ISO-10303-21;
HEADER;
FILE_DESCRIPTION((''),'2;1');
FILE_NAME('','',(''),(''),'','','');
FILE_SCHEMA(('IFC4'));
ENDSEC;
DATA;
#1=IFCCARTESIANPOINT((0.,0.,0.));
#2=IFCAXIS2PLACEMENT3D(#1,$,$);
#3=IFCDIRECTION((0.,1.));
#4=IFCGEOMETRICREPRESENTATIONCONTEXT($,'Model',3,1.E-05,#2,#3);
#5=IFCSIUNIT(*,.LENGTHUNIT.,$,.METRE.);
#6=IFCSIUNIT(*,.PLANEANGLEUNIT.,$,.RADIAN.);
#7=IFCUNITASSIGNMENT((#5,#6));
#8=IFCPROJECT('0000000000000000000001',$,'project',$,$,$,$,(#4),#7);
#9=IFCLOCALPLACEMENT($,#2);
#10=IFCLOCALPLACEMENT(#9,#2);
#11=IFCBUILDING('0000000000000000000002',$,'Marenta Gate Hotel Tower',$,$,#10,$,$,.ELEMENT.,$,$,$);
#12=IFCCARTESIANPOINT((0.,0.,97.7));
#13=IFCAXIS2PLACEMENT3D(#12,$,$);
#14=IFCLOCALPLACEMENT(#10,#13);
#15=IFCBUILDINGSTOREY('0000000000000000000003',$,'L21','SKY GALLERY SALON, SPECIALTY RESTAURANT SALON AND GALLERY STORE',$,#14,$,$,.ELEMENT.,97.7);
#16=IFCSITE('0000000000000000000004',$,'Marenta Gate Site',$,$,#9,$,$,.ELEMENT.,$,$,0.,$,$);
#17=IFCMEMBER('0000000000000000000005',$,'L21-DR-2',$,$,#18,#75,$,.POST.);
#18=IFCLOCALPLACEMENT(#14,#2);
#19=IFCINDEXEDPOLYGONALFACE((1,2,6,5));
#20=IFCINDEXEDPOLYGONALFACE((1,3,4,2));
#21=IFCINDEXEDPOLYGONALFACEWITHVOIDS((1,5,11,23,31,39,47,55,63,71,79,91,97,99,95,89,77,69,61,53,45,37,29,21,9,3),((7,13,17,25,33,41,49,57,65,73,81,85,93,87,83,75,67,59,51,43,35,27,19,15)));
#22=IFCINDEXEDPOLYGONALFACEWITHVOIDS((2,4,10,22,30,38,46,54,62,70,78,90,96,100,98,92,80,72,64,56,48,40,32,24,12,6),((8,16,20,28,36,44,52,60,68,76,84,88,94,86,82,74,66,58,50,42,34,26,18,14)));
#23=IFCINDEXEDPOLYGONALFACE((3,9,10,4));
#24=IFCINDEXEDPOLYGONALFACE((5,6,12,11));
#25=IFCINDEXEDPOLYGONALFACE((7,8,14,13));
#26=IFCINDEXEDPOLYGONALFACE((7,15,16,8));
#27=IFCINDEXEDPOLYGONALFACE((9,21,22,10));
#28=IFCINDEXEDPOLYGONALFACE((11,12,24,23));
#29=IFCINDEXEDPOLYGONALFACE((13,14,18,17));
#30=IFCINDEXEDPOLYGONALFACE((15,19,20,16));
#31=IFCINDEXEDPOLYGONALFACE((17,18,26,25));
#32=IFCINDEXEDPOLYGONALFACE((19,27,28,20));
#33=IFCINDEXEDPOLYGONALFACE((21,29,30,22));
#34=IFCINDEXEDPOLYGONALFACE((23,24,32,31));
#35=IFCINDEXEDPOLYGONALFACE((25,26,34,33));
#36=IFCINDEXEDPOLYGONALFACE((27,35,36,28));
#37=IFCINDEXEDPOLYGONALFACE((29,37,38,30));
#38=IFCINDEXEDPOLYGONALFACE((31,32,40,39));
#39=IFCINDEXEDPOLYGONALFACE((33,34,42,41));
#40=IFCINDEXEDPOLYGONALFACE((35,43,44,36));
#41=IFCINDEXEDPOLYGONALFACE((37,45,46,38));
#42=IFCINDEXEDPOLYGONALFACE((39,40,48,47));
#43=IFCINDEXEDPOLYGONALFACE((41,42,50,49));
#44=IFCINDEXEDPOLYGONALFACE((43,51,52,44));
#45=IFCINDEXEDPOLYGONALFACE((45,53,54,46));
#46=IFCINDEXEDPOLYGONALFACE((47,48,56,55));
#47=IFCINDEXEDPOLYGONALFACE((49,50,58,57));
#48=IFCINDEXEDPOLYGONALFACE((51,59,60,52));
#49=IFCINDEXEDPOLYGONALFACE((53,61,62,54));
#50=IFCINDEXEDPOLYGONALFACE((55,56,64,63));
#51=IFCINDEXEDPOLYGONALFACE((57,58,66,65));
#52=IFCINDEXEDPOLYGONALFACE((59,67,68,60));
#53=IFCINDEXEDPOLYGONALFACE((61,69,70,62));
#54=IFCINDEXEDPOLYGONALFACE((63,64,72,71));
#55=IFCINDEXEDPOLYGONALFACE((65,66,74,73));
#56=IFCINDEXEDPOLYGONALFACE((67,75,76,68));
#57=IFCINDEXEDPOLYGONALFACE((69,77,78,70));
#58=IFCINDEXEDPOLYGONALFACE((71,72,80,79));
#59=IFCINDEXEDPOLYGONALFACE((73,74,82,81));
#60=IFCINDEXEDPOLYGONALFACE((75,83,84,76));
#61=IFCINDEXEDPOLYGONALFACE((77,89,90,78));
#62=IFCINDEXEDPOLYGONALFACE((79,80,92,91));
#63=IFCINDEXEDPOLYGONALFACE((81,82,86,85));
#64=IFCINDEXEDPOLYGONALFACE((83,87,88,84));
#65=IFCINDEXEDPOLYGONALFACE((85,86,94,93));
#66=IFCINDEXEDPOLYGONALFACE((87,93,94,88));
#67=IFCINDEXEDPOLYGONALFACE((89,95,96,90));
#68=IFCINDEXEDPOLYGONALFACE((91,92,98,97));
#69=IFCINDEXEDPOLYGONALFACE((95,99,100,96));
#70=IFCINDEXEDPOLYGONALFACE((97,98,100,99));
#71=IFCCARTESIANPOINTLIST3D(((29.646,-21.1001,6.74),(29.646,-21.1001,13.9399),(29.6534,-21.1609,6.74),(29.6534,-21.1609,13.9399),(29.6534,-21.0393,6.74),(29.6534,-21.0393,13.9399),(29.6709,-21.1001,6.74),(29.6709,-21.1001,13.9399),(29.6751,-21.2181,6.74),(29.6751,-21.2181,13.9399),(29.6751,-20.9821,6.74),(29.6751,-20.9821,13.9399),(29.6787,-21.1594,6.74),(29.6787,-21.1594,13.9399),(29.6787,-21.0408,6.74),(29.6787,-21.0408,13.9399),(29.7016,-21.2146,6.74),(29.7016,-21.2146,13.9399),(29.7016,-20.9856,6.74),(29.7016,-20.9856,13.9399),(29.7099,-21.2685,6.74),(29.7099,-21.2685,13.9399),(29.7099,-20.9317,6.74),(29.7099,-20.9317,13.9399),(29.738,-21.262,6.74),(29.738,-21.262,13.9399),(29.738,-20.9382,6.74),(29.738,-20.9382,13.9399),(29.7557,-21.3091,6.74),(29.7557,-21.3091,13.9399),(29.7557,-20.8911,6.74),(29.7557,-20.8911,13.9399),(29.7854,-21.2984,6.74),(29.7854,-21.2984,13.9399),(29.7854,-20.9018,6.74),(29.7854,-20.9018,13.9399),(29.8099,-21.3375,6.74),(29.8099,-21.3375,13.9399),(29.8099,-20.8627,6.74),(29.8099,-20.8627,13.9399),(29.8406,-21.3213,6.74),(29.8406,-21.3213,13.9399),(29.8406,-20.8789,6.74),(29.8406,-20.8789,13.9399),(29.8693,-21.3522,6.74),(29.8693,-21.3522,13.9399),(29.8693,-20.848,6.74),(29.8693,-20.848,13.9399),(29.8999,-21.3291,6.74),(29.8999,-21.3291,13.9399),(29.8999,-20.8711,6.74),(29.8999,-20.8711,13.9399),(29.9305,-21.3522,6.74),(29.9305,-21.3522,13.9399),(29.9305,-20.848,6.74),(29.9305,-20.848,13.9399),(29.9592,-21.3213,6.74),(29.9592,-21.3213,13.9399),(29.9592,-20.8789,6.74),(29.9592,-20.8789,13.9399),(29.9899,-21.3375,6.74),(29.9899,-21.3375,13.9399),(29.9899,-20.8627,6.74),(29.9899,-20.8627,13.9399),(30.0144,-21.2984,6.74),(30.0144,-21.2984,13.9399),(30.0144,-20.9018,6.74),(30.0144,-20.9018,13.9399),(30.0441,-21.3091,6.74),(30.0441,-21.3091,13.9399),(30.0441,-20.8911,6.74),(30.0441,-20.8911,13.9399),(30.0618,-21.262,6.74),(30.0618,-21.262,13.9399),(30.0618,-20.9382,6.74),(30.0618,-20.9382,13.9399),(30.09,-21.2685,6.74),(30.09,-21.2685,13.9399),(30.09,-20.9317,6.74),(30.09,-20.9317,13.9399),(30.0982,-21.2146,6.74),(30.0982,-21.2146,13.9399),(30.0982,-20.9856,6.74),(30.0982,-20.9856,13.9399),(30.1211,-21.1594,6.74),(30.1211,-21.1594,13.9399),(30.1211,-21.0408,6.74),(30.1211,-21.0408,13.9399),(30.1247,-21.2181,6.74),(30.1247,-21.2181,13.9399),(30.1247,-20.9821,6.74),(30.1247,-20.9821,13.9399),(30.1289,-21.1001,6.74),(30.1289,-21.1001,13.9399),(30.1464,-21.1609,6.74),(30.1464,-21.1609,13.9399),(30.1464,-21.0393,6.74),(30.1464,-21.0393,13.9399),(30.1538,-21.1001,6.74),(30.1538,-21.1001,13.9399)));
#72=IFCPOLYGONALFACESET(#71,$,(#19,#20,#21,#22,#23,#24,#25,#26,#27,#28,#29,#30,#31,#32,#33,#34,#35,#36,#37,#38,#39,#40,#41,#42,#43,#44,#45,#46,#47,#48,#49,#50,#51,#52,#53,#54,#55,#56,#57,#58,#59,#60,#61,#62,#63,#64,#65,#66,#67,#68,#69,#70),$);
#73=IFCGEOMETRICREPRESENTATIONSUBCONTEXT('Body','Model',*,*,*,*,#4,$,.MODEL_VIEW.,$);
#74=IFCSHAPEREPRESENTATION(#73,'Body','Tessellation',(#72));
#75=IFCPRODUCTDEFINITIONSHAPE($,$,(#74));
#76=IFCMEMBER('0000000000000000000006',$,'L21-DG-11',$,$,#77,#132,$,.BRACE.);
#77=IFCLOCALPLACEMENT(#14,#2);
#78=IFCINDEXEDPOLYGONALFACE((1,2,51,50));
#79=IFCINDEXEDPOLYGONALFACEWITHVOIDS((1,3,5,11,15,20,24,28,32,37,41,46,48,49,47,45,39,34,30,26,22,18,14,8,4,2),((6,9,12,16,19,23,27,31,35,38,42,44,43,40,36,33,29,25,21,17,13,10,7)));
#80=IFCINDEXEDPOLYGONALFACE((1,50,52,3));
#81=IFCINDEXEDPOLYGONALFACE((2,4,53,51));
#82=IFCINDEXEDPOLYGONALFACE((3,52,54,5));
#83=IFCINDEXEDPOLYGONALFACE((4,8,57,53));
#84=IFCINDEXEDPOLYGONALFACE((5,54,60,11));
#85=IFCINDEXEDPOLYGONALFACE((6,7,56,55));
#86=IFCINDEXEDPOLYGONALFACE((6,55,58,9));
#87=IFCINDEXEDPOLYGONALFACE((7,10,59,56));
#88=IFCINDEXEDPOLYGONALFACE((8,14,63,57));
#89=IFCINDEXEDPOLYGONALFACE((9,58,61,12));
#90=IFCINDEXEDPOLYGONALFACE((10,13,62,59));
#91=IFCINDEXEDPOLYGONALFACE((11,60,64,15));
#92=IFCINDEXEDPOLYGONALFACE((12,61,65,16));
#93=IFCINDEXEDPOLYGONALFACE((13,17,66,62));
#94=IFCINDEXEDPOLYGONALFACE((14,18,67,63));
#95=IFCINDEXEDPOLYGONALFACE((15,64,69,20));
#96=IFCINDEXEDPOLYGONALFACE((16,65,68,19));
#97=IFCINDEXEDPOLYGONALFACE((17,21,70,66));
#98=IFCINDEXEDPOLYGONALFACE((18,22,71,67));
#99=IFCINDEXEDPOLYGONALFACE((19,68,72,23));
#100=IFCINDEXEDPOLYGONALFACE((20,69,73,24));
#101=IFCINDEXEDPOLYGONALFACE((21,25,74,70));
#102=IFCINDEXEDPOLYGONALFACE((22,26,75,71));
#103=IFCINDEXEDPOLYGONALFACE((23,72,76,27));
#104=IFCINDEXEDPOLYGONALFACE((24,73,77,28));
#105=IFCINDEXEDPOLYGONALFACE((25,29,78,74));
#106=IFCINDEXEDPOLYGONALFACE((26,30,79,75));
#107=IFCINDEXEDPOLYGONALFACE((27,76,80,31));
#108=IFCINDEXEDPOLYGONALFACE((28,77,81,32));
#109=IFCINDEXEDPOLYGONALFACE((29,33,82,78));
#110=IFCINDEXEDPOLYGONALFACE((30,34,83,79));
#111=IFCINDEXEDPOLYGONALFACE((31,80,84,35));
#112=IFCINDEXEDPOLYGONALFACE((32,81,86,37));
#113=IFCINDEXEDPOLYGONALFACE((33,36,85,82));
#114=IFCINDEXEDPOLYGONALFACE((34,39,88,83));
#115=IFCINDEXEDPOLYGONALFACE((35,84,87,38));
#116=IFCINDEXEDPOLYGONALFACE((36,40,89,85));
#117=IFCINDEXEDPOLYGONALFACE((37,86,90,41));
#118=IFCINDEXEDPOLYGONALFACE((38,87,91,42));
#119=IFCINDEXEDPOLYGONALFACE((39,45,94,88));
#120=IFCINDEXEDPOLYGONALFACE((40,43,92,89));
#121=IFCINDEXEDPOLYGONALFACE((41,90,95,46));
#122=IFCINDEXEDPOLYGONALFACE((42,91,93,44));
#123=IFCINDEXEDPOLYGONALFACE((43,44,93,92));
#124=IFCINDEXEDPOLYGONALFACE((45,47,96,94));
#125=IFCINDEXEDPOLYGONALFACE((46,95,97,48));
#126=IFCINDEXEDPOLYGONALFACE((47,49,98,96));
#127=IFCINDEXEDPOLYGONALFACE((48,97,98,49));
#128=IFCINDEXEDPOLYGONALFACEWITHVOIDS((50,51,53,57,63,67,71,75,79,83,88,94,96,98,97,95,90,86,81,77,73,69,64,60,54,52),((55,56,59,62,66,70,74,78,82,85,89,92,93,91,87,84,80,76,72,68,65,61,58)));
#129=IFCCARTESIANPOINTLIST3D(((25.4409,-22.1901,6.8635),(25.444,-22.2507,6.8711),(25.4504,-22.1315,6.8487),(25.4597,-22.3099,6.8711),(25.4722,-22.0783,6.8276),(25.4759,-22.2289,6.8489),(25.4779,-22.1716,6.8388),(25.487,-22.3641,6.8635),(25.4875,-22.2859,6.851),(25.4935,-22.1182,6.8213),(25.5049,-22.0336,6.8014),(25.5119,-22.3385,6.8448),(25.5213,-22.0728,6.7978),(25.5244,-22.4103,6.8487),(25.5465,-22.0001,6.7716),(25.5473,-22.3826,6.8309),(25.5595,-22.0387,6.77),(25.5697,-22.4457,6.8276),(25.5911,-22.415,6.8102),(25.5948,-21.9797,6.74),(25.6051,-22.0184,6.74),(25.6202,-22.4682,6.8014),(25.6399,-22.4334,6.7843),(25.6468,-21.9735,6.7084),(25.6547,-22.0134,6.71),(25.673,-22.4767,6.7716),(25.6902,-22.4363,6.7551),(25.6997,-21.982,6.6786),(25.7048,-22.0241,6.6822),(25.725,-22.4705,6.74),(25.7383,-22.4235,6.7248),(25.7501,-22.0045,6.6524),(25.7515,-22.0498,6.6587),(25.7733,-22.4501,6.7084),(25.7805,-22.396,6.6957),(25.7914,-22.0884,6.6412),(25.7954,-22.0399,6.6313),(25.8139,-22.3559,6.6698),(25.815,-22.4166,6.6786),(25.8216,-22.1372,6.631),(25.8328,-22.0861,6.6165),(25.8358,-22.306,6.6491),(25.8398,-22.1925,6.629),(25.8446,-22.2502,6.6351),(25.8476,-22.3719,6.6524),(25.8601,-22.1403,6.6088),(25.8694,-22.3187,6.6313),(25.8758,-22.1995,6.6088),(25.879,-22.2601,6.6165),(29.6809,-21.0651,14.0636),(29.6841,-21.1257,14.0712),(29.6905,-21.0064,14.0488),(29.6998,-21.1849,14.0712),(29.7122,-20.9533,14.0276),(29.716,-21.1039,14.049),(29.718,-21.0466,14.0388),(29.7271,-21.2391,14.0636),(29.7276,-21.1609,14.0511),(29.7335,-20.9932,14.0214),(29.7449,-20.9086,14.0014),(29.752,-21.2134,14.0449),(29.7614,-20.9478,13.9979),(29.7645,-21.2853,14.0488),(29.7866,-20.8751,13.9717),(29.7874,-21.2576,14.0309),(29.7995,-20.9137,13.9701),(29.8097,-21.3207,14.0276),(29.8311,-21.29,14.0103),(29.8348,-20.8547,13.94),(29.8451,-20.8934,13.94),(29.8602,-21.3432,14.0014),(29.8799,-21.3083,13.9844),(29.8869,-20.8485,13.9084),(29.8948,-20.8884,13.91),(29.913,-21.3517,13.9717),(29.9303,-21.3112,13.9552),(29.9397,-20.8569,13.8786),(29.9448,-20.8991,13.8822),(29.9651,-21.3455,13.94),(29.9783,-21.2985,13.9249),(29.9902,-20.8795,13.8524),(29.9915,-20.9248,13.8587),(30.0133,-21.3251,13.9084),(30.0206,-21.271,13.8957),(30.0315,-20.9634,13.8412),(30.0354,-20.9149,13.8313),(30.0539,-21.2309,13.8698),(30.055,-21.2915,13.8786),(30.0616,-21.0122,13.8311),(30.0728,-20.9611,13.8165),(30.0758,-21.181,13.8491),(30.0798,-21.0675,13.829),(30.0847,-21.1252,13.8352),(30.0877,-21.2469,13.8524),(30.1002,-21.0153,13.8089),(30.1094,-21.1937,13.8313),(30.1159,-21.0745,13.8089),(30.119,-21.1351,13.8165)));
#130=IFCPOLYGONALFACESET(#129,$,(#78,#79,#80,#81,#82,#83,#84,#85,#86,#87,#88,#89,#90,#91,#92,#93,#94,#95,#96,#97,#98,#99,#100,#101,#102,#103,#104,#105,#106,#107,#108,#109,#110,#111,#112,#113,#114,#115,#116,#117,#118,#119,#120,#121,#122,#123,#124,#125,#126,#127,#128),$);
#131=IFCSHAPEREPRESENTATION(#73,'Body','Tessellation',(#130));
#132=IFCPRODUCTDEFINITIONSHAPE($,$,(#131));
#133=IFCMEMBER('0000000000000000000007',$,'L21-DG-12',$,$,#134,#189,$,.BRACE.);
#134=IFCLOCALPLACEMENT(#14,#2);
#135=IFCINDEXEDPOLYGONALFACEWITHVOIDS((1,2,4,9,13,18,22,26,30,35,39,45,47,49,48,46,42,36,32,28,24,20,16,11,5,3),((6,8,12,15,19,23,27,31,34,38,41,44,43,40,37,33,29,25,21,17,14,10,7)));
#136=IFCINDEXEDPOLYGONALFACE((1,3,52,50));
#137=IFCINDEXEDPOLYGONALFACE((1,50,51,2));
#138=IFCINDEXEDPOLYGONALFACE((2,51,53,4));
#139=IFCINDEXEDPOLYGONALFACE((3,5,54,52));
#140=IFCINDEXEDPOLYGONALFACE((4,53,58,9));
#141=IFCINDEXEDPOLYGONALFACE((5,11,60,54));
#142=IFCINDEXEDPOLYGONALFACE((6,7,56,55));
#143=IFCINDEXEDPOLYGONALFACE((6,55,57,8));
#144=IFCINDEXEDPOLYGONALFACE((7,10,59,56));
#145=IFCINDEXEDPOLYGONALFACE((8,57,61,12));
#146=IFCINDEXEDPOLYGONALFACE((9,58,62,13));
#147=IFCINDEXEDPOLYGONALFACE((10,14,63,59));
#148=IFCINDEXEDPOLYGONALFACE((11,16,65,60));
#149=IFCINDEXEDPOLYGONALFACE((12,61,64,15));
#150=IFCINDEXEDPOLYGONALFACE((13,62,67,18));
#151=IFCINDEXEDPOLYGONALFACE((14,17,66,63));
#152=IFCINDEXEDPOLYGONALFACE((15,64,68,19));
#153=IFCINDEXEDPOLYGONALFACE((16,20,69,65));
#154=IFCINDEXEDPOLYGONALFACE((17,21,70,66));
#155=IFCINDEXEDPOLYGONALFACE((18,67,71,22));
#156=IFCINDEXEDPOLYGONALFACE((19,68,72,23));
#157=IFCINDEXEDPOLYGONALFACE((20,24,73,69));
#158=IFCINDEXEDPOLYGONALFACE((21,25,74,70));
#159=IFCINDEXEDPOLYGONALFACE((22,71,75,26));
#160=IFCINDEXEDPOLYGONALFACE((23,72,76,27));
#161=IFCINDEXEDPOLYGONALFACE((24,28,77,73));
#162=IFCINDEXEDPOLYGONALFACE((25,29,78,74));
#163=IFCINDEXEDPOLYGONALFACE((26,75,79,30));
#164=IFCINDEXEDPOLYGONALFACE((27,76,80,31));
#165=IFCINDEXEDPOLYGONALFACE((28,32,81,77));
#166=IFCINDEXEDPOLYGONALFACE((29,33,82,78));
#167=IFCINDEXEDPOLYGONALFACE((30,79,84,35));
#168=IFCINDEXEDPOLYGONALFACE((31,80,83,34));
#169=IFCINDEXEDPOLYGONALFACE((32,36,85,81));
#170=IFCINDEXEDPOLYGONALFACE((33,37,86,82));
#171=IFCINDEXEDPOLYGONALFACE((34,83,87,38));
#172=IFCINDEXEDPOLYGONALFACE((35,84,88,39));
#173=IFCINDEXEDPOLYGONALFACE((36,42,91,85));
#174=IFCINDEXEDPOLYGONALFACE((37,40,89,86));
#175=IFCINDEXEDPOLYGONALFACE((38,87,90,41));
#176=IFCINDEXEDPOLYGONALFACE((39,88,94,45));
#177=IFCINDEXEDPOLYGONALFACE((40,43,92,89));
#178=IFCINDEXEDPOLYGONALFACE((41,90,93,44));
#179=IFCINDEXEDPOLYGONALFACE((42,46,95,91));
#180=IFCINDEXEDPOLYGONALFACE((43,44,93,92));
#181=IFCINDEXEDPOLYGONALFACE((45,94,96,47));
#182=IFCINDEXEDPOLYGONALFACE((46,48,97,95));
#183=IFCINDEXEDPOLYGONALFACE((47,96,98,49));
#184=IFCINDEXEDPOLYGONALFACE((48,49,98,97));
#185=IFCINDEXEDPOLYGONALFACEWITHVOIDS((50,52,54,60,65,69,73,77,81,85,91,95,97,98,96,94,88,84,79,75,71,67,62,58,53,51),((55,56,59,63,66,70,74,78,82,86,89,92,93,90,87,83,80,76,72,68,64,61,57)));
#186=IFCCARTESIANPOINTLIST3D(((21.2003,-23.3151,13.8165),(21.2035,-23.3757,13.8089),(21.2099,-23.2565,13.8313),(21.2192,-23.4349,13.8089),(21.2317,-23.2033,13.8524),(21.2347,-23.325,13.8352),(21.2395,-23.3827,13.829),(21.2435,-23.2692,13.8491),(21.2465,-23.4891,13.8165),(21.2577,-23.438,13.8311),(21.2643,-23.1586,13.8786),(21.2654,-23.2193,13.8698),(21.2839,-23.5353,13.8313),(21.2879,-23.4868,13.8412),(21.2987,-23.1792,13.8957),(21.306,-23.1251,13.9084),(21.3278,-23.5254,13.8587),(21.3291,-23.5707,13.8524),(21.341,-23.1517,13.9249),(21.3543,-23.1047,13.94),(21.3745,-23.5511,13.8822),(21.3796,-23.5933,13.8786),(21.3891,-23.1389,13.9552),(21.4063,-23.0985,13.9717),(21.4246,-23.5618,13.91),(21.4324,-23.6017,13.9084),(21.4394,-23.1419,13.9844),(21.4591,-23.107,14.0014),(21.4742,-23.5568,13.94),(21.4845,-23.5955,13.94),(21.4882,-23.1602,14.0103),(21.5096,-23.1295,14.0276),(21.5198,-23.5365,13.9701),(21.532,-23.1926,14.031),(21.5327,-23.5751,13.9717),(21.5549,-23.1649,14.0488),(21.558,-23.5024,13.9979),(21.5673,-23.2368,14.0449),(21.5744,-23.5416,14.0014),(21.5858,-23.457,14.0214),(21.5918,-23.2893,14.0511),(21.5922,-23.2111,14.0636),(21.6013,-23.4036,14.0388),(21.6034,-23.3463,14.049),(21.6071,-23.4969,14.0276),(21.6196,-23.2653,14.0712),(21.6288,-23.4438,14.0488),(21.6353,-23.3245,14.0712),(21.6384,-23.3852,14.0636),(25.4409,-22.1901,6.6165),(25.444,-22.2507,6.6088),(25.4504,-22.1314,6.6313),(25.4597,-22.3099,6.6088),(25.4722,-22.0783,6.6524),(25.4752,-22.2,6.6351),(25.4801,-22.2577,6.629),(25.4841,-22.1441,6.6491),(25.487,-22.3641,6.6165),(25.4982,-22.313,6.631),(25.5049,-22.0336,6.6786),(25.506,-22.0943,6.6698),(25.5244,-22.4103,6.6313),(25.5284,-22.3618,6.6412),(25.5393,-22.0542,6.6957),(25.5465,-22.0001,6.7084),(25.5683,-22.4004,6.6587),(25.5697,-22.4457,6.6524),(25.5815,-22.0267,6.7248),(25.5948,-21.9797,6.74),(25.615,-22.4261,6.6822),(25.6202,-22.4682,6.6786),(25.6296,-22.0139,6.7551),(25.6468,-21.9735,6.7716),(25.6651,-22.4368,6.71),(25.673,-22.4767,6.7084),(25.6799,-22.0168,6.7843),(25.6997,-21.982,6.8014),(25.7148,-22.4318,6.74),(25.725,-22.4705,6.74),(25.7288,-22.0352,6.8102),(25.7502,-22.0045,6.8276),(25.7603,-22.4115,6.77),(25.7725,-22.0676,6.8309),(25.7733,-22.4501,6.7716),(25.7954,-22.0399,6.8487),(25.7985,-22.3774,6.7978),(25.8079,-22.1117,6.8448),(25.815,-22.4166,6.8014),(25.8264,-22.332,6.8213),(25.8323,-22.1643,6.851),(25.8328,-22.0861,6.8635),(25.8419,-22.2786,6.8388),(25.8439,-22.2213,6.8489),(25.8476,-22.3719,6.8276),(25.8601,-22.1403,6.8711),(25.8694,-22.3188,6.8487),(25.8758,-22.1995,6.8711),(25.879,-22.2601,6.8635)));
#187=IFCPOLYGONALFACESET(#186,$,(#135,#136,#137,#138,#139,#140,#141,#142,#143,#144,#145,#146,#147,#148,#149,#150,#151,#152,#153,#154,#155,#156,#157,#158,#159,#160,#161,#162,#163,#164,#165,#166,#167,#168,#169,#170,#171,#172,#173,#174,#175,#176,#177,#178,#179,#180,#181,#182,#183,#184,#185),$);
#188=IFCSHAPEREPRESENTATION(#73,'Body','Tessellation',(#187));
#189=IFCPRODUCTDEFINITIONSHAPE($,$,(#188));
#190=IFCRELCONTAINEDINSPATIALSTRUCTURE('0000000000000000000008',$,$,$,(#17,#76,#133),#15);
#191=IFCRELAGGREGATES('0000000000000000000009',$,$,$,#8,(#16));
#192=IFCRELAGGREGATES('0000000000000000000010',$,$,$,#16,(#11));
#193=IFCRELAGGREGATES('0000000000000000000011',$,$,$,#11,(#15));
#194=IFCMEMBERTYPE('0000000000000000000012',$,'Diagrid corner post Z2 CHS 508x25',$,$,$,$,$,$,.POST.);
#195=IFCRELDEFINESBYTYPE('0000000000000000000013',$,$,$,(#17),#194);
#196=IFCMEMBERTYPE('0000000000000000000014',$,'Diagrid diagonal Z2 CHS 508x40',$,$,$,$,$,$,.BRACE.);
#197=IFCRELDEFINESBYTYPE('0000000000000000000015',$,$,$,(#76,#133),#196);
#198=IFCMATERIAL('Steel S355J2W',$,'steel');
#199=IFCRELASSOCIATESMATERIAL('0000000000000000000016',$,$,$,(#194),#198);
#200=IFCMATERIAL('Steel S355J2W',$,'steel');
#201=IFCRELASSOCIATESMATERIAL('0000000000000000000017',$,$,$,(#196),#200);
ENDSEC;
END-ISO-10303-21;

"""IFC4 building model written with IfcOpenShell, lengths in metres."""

from ifc_helpers import new_model, si_unit, direction, frame, origin, origin_2d, place, context, subcontext, project, spatial, hollow_circle, extrude, material, material_profile, profile_set, type_object, element, save


model = new_model("IFC4")

# Units and contexts
model_context = context("Model", 3, precision=1e-05, world=origin(), true_north=direction((0.0, 1.0)))
body_context = subcontext(model_context, "Body", "Model", "MODEL_VIEW")
ifc_project = project(units=[si_unit("LENGTHUNIT", "METRE"), si_unit("PLANEANGLEUNIT", "RADIAN")], contexts=[model_context])

# Site, building, storey
site_placement = place(None, origin())
site = spatial("IfcSite", under=ifc_project, at=site_placement, Name="Marenta Gate Site", CompositionType="ELEMENT", RefElevation=0.0)
building_placement = place(site_placement, origin())
building = spatial("IfcBuilding", under=site, at=building_placement, Name="Marenta Gate Hotel Tower", CompositionType="ELEMENT")
storey_placement = place(building_placement, frame((0.0, 0.0, 97.7)))
storey = spatial("IfcBuildingStorey", under=building, at=storey_placement, Name="L21", Description="SKY GALLERY SALON, SPECIALTY RESTAURANT SALON AND GALLERY STORE", CompositionType="ELEMENT", Elevation=97.7)

# Members
ifc_material_1 = material(Name="Steel S355J2W", Category="steel")
ifc_material_profile_1 = material_profile(ifc_material_1, hollow_circle(Radius=0.2539, WallThickness=0.0249, at=origin_2d()), Name="CHS 508x25")
ifc_profile_set_1 = profile_set([ifc_material_profile_1], Name="Steel S355J2W")
member_type_1 = type_object("IfcMemberType", Name="Diagrid corner post Z2 CHS 508x25", PredefinedType="POST", material=ifc_profile_set_1)
member_1_placement = place(storey_placement, frame((29.8999, -21.1001, 6.74), z_axis=(0.0, 0.0, 1.0), x_axis=(1.0, 0.0, 0.0)))
element("IfcMember", 1, at=member_1_placement, inside=storey, type_object=member_type_1, Name="L21-DR-2", PredefinedType="POST", context=body_context, shape_type="SweptSolid", body=[
    extrude(hollow_circle(Radius=0.2539, WallThickness=0.0249, at=origin_2d()), origin(), (0.0, 0.0, 1.0), 7.2),
])
ifc_material_2 = material(Name="Steel S355J2W", Category="steel")
ifc_material_profile_2 = material_profile(ifc_material_2, hollow_circle(Radius=0.2539, WallThickness=0.04, at=origin_2d()), Name="CHS 508x40")
ifc_profile_set_2 = profile_set([ifc_material_profile_2], Name="Steel S355J2W")
member_type_2 = type_object("IfcMemberType", Name="Diagrid diagonal Z2 CHS 508x40", PredefinedType="BRACE", material=ifc_profile_set_2)
member_2_placement = place(storey_placement, frame((25.6599, -22.2251, 6.74), z_axis=(0.502902, 0.133435, 0.853981), x_axis=(-0.256457, 0.966556, 0.0)))
element("IfcMember", 2, at=member_2_placement, inside=storey, type_object=member_type_2, Name="L21-DG-11", PredefinedType="BRACE", context=body_context, shape_type="SweptSolid", body=[
    extrude(hollow_circle(Radius=0.2539, WallThickness=0.04, at=origin_2d()), origin(), (0.0, 0.0, 1.0), 8.4312),
])
member_3_placement = place(storey_placement, frame((25.6599, -22.2251, 6.74), z_axis=(-0.502946, -0.133432, 0.853956), x_axis=(0.256429, -0.966563, 0.0)))
element("IfcMember", 3, at=member_3_placement, inside=storey, type_object=member_type_2, Name="L21-DG-12", PredefinedType="BRACE", context=body_context, shape_type="SweptSolid", body=[
    extrude(hollow_circle(Radius=0.2539, WallThickness=0.04, at=origin_2d()), origin(), (0.0, 0.0, 1.0), 8.4314),
])

save(model, "model.ifc")
